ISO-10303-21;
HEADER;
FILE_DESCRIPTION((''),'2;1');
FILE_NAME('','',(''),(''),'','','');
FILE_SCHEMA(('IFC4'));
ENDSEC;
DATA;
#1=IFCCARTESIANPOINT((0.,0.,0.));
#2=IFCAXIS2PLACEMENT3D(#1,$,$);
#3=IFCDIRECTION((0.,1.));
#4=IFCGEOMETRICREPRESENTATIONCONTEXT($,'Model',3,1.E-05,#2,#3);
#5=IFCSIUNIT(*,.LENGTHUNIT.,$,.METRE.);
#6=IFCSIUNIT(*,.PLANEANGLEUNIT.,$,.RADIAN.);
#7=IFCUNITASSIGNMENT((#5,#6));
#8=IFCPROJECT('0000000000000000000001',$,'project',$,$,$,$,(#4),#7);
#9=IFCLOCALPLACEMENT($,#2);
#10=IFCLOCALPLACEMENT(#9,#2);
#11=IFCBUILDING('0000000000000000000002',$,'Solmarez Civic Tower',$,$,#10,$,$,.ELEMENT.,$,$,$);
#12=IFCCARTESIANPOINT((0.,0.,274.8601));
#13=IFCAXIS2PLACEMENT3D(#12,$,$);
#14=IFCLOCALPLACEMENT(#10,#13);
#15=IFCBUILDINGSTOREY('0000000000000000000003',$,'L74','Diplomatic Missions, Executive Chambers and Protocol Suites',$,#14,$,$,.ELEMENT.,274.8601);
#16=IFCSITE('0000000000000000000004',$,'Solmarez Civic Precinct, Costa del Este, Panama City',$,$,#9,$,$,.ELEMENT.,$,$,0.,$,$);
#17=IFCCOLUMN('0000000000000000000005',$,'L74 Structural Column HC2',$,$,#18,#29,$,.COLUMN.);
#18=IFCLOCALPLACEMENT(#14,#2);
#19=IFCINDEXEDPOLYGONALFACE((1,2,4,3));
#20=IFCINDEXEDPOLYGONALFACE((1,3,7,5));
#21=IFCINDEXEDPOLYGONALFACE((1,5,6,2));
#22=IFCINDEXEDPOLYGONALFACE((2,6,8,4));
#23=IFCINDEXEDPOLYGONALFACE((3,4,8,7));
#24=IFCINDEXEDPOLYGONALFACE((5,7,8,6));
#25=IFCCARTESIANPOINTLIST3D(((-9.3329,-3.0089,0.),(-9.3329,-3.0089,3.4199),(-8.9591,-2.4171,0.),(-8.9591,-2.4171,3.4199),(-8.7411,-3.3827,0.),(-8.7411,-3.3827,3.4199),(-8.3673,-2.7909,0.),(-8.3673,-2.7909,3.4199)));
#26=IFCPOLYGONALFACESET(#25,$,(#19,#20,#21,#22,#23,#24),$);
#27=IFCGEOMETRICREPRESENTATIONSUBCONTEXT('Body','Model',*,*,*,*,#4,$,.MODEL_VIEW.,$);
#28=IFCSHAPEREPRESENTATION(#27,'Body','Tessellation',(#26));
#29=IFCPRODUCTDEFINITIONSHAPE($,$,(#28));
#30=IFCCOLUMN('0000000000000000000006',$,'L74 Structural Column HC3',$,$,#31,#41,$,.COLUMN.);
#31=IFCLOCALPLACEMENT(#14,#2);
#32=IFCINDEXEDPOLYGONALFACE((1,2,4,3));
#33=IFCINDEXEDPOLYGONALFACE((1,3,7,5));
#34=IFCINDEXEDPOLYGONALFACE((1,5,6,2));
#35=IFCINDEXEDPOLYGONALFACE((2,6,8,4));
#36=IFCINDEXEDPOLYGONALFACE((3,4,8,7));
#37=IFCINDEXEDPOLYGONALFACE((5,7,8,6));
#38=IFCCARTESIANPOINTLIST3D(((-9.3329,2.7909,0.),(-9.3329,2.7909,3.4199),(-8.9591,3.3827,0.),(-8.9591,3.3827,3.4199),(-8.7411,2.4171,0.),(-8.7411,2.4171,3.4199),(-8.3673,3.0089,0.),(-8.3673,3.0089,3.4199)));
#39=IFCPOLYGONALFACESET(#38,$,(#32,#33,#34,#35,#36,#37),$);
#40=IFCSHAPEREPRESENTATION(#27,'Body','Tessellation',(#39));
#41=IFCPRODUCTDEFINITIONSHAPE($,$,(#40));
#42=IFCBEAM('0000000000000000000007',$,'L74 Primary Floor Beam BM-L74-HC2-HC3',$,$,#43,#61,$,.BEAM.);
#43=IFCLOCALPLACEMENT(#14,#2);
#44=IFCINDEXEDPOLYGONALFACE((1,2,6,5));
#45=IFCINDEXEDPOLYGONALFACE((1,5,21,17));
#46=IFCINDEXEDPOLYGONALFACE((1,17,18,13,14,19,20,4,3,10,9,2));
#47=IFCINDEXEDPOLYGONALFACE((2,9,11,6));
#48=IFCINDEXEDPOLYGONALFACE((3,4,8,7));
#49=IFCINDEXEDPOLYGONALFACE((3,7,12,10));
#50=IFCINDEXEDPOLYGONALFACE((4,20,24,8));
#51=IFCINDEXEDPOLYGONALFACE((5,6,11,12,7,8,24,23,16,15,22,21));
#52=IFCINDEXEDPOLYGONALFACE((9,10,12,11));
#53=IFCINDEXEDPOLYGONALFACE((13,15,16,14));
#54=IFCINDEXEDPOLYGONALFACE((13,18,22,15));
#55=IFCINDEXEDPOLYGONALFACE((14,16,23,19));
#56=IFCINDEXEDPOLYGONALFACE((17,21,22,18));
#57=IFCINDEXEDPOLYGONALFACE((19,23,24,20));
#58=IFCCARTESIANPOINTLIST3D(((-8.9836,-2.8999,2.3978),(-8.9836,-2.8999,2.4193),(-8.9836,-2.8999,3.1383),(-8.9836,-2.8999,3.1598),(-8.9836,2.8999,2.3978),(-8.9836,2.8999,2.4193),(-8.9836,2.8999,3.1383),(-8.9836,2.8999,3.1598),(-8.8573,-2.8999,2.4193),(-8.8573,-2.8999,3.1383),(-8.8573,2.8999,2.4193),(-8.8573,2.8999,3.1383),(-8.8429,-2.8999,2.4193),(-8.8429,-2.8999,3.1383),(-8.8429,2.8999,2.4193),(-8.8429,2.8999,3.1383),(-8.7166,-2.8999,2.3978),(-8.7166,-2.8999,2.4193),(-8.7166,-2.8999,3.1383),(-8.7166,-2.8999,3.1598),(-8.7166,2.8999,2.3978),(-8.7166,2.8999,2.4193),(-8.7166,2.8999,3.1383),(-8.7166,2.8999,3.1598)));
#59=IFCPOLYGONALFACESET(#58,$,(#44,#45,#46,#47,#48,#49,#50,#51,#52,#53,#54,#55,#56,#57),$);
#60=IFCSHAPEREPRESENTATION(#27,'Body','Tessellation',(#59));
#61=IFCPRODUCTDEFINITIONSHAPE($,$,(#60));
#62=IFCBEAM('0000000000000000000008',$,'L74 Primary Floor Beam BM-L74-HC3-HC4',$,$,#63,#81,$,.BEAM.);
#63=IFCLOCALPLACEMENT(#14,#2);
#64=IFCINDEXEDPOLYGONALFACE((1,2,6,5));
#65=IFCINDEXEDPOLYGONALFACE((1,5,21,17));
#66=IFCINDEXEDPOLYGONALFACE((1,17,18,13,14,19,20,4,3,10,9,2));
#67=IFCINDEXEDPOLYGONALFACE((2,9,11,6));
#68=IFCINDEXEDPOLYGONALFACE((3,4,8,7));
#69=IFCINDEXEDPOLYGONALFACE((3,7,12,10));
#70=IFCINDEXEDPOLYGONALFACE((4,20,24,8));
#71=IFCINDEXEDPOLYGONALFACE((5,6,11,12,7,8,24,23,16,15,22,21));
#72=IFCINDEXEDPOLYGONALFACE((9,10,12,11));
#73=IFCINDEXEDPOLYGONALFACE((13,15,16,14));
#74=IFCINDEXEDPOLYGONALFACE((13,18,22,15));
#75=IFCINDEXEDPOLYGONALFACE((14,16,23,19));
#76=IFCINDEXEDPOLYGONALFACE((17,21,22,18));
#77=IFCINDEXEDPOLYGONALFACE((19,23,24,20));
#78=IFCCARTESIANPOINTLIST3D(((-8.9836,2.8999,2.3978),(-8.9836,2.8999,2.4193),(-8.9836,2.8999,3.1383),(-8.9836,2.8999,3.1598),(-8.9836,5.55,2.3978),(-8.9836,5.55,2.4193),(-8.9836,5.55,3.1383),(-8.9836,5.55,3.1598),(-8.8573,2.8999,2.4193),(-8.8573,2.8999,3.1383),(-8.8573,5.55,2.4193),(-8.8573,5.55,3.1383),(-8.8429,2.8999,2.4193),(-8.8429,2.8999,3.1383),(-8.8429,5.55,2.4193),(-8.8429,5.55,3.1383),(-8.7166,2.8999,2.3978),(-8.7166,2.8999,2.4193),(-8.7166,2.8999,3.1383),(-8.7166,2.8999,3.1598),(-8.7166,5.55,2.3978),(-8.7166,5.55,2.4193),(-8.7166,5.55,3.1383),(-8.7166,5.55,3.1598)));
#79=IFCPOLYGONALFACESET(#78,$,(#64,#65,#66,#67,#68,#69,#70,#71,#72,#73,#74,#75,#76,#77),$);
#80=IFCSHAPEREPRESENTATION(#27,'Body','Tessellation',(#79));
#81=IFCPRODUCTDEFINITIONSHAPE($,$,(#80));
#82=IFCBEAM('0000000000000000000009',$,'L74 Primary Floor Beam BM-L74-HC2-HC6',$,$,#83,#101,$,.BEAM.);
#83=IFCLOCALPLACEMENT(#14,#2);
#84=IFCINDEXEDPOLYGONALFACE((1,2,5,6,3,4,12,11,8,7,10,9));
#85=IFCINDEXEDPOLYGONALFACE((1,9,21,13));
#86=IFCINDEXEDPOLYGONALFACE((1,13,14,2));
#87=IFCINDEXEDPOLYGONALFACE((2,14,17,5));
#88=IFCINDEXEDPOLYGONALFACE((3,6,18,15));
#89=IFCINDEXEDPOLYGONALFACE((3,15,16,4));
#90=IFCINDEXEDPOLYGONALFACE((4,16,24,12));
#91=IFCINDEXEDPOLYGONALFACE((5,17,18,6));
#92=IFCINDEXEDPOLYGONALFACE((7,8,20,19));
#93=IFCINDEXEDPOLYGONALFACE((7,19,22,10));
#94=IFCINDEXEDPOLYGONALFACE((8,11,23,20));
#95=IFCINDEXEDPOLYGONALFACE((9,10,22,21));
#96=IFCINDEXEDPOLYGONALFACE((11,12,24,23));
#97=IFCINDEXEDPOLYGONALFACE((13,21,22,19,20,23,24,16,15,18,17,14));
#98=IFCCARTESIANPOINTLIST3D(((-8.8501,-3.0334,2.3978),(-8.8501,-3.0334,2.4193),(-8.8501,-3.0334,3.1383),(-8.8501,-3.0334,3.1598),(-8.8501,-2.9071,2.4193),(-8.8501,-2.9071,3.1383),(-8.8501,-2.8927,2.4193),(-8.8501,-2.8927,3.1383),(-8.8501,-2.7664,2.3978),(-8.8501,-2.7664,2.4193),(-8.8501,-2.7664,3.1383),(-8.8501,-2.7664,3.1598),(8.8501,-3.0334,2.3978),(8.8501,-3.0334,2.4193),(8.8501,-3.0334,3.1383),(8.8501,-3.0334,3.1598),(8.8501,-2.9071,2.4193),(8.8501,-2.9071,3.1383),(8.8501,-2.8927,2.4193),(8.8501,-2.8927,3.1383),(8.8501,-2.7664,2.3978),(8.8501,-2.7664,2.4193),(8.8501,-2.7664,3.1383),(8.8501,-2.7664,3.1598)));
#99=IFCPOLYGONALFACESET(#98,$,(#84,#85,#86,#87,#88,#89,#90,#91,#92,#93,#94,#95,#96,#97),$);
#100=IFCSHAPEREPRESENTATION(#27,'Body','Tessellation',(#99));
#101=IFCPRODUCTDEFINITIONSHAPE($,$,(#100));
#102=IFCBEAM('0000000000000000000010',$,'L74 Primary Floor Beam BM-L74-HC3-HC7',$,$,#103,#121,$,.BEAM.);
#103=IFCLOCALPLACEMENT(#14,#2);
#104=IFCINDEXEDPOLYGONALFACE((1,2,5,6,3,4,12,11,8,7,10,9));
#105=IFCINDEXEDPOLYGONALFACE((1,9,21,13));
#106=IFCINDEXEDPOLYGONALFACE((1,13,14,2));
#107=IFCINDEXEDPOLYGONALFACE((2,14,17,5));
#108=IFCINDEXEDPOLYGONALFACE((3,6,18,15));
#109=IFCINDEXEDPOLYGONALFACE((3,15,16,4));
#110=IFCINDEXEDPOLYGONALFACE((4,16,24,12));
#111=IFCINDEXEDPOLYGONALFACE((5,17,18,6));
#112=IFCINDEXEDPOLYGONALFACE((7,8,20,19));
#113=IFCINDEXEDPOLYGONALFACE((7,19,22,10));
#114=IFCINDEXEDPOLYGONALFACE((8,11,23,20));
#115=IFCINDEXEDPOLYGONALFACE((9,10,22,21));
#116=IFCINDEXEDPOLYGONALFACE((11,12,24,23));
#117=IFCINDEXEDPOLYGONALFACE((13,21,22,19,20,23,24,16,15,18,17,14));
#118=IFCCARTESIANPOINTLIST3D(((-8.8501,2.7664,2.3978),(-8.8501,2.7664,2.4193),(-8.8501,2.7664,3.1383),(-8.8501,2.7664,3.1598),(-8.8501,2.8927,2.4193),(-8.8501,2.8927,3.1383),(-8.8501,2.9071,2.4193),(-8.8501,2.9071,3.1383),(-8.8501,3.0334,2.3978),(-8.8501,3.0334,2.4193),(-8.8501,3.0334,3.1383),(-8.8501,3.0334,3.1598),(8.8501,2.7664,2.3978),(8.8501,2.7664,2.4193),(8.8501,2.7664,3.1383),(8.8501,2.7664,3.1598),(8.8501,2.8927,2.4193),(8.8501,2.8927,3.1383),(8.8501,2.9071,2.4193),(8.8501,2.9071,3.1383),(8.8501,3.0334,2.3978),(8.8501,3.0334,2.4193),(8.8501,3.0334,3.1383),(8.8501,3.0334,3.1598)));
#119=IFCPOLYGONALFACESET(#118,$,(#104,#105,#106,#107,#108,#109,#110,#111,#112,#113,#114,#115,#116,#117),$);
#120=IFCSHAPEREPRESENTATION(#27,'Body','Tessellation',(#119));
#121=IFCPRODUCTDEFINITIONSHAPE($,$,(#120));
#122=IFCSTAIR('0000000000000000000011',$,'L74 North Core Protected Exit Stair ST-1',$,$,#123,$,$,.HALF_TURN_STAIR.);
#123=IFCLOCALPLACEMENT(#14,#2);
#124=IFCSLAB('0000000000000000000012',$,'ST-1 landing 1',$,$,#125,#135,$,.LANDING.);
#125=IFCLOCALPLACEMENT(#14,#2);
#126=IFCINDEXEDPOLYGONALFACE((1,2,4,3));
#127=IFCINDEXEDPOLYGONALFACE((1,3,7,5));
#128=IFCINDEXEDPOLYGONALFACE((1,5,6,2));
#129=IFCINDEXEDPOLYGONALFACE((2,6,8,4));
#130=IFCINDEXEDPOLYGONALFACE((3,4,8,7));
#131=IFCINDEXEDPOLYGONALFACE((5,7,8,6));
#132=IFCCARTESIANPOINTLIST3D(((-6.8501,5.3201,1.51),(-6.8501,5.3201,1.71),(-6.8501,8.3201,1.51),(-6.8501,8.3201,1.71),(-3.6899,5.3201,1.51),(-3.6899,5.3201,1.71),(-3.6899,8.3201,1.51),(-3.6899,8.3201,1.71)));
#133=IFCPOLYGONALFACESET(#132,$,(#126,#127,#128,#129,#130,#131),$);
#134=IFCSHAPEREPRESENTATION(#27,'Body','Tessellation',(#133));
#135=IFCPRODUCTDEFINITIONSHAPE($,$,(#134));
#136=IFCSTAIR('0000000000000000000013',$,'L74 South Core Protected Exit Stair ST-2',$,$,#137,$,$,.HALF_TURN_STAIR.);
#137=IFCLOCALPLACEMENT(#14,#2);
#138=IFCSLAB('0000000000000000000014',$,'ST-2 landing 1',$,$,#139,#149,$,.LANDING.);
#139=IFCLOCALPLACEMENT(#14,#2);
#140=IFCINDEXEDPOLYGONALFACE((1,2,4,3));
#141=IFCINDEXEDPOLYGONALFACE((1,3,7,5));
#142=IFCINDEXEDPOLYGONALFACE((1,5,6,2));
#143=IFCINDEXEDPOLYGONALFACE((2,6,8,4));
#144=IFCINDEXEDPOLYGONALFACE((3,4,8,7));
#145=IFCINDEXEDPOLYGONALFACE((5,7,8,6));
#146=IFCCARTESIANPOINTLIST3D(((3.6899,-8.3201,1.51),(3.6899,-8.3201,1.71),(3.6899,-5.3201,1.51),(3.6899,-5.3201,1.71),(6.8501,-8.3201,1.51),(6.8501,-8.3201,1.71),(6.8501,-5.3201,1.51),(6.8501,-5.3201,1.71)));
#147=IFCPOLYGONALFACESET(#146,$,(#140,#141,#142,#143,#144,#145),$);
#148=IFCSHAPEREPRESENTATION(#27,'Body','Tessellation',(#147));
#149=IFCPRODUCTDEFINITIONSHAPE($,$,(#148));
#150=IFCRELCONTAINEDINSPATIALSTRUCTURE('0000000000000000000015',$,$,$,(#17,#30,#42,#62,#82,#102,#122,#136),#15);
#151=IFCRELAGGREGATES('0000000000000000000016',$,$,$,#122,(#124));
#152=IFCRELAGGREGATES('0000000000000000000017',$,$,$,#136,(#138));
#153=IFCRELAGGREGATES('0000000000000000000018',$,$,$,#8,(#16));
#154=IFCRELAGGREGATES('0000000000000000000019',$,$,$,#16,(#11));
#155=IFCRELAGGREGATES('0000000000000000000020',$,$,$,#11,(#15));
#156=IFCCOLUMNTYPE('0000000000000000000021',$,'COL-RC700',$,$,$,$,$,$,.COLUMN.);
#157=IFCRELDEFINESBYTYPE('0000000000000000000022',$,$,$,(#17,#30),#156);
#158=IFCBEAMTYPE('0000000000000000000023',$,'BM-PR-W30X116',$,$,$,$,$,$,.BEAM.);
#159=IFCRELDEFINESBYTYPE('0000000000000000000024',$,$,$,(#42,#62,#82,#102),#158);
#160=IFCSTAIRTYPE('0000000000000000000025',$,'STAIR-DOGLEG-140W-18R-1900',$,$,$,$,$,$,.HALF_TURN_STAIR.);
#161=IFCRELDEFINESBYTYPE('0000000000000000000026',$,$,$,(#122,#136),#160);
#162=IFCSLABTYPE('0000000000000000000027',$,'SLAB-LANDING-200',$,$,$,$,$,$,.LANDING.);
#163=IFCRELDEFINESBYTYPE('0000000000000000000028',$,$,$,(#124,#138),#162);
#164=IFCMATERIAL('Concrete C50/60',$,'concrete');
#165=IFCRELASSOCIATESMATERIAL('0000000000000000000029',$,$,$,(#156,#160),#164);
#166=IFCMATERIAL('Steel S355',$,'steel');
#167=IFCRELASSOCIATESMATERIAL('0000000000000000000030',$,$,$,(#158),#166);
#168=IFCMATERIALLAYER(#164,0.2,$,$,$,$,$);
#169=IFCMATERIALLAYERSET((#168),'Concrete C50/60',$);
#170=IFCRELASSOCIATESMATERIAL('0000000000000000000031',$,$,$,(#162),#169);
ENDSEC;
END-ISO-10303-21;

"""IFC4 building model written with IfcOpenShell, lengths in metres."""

from ifc_helpers import new_model, si_unit, direction, frame, origin, origin_2d, place, context, subcontext, project, spatial, polyline, rectangle, i_section, outline, extrude, material, layer, layer_set, material_profile, profile_set, type_object, element, aggregate, save


model = new_model("IFC4")

# Units and contexts
model_context = context("Model", 3, precision=1e-05, world=origin(), true_north=direction((0.0, 1.0)))
body_context = subcontext(model_context, "Body", "Model", "MODEL_VIEW")
ifc_project = project(units=[si_unit("LENGTHUNIT", "METRE"), si_unit("PLANEANGLEUNIT", "RADIAN")], contexts=[model_context])

# Site, building, storey
site_placement = place(None, origin())
site = spatial("IfcSite", under=ifc_project, at=site_placement, Name="Solmarez Civic Precinct, Costa del Este, Panama City", CompositionType="ELEMENT", RefElevation=0.0)
building_placement = place(site_placement, origin())
building = spatial("IfcBuilding", under=site, at=building_placement, Name="Solmarez Civic Tower", CompositionType="ELEMENT")
storey_placement = place(building_placement, frame((0.0, 0.0, 274.8601)))
storey = spatial("IfcBuildingStorey", under=building, at=storey_placement, Name="L74", Description="Diplomatic Missions, Executive Chambers and Protocol Suites", CompositionType="ELEMENT", Elevation=274.8601)

# Columns
ifc_material_1 = material(Name="Concrete C50/60", Category="concrete")
ifc_material_profile_1 = material_profile(ifc_material_1, rectangle(XDim=0.7, YDim=0.7, at=origin_2d()), Name="RC700X700")
ifc_profile_set_1 = profile_set([ifc_material_profile_1], Name="Concrete C50/60")
column_type = type_object("IfcColumnType", Name="COL-RC700", PredefinedType="COLUMN", material=ifc_profile_set_1)
for number, where, z_axis, x_axis, name in (
    (1, (-8.8501, -2.8999, 0.0), (0.0, 0.0, 1.0), (0.534057, 0.845448, 0.0), "L74 Structural Column HC2"),
    (2, (-8.8501, 2.8999, 0.0), (0.0, 0.0, 1.0), (0.534057, 0.845448, 0.0), "L74 Structural Column HC3"),
):
    element("IfcColumn", number, at=place(storey_placement, frame(where, z_axis=z_axis, x_axis=x_axis)), inside=storey, type_object=column_type, Name=name, PredefinedType="COLUMN", context=body_context, shape_type="SweptSolid", body=[
        extrude(rectangle(XDim=0.7, YDim=0.7, at=origin_2d()), origin(), (0.0, 0.0, 1.0), 3.4199),
    ])

# Beams
ifc_material_2 = material(Name="Steel S355", Category="steel")
ifc_material_profile_2 = material_profile(ifc_material_2, i_section(OverallWidth=0.2671, OverallDepth=0.762, WebThickness=0.0144, FlangeThickness=0.0215, at=origin_2d()), Name="W30X116")
ifc_profile_set_2 = profile_set([ifc_material_profile_2], Name="Steel S355")
beam_type = type_object("IfcBeamType", Name="BM-PR-W30X116", PredefinedType="BEAM", material=ifc_profile_set_2)
beam_1_placement = place(storey_placement, frame((-8.8501, -2.8999, 2.7788), z_axis=(0.0, 1.0, 0.0), x_axis=(-1.0, 0.0, 0.0)))
element("IfcBeam", 3, at=beam_1_placement, inside=storey, type_object=beam_type, Name="L74 Primary Floor Beam BM-L74-HC2-HC3", PredefinedType="BEAM", context=body_context, shape_type="SweptSolid", body=[
    extrude(i_section(OverallWidth=0.2671, OverallDepth=0.762, WebThickness=0.0144, FlangeThickness=0.0215, at=origin_2d()), origin(), (0.0, 0.0, 1.0), 5.7998),
])
beam_2_placement = place(storey_placement, frame((-8.8501, 2.8999, 2.7788), z_axis=(0.0, 1.0, 0.0), x_axis=(-1.0, 0.0, 0.0)))
element("IfcBeam", 4, at=beam_2_placement, inside=storey, type_object=beam_type, Name="L74 Primary Floor Beam BM-L74-HC3-HC4", PredefinedType="BEAM", context=body_context, shape_type="SweptSolid", body=[
    extrude(i_section(OverallWidth=0.2671, OverallDepth=0.762, WebThickness=0.0144, FlangeThickness=0.0215, at=origin_2d()), origin(), (0.0, 0.0, 1.0), 2.6501),
])
for number, where, z_axis, x_axis, name in (
    (5, (-8.8501, -2.8999, 2.7788), (1.0, 0.0, 0.0), (0.0, 1.0, 0.0), "L74 Primary Floor Beam BM-L74-HC2-HC6"),
    (6, (-8.8501, 2.8999, 2.7788), (1.0, 0.0, 0.0), (0.0, 1.0, 0.0), "L74 Primary Floor Beam BM-L74-HC3-HC7"),
):
    element("IfcBeam", number, at=place(storey_placement, frame(where, z_axis=z_axis, x_axis=x_axis)), inside=storey, type_object=beam_type, Name=name, PredefinedType="BEAM", context=body_context, shape_type="SweptSolid", body=[
        extrude(i_section(OverallWidth=0.2671, OverallDepth=0.762, WebThickness=0.0144, FlangeThickness=0.0215, at=origin_2d()), origin(), (0.0, 0.0, 1.0), 17.7002),
    ])

# Stairs, slabs
stair_type = type_object("IfcStairType", Name="STAIR-DOGLEG-140W-18R-1900", PredefinedType="HALF_TURN_STAIR", material=ifc_material_1)
stair_1_placement = place(storey_placement, origin())
stair_1 = element("IfcStair", 7, at=stair_1_placement, inside=storey, type_object=stair_type, Name="L74 North Core Protected Exit Stair ST-1", PredefinedType="HALF_TURN_STAIR")
ifc_layer_1 = layer(ifc_material_1, 0.2)
ifc_layer_set_1 = layer_set([ifc_layer_1], Name="Concrete C50/60")
slab_type_1 = type_object("IfcSlabType", Name="SLAB-LANDING-200", PredefinedType="LANDING", material=ifc_layer_set_1)
slab_1_placement = place(storey_placement, frame((0.0, 0.0, 1.51)))
slab_1 = element("IfcSlab", 8, at=slab_1_placement, type_object=slab_type_1, Name="ST-1 landing 1", PredefinedType="LANDING", context=body_context, shape_type="SweptSolid", body=[
    extrude(outline(polyline([(-3.6899, 8.3201), (-6.8501, 8.3201), (-6.8501, 5.3201), (-3.6899, 5.3201), (-3.6899, 8.3201)])), origin(), (0.0, 0.0, 1.0), 0.2),
])
aggregate(stair_1, [slab_1])
stair_2_placement = place(storey_placement, origin())
stair_2 = element("IfcStair", 9, at=stair_2_placement, inside=storey, type_object=stair_type, Name="L74 South Core Protected Exit Stair ST-2", PredefinedType="HALF_TURN_STAIR")
slab_2_placement = place(storey_placement, frame((0.0, 0.0, 1.51)))
slab_2 = element("IfcSlab", 10, at=slab_2_placement, type_object=slab_type_1, Name="ST-2 landing 1", PredefinedType="LANDING", context=body_context, shape_type="SweptSolid", body=[
    extrude(outline(polyline([(3.6899, -8.3201), (6.8501, -8.3201), (6.8501, -5.3201), (3.6899, -5.3201), (3.6899, -8.3201)])), origin(), (0.0, 0.0, 1.0), 0.2),
])
aggregate(stair_2, [slab_2])

save(model, "model.ifc")
